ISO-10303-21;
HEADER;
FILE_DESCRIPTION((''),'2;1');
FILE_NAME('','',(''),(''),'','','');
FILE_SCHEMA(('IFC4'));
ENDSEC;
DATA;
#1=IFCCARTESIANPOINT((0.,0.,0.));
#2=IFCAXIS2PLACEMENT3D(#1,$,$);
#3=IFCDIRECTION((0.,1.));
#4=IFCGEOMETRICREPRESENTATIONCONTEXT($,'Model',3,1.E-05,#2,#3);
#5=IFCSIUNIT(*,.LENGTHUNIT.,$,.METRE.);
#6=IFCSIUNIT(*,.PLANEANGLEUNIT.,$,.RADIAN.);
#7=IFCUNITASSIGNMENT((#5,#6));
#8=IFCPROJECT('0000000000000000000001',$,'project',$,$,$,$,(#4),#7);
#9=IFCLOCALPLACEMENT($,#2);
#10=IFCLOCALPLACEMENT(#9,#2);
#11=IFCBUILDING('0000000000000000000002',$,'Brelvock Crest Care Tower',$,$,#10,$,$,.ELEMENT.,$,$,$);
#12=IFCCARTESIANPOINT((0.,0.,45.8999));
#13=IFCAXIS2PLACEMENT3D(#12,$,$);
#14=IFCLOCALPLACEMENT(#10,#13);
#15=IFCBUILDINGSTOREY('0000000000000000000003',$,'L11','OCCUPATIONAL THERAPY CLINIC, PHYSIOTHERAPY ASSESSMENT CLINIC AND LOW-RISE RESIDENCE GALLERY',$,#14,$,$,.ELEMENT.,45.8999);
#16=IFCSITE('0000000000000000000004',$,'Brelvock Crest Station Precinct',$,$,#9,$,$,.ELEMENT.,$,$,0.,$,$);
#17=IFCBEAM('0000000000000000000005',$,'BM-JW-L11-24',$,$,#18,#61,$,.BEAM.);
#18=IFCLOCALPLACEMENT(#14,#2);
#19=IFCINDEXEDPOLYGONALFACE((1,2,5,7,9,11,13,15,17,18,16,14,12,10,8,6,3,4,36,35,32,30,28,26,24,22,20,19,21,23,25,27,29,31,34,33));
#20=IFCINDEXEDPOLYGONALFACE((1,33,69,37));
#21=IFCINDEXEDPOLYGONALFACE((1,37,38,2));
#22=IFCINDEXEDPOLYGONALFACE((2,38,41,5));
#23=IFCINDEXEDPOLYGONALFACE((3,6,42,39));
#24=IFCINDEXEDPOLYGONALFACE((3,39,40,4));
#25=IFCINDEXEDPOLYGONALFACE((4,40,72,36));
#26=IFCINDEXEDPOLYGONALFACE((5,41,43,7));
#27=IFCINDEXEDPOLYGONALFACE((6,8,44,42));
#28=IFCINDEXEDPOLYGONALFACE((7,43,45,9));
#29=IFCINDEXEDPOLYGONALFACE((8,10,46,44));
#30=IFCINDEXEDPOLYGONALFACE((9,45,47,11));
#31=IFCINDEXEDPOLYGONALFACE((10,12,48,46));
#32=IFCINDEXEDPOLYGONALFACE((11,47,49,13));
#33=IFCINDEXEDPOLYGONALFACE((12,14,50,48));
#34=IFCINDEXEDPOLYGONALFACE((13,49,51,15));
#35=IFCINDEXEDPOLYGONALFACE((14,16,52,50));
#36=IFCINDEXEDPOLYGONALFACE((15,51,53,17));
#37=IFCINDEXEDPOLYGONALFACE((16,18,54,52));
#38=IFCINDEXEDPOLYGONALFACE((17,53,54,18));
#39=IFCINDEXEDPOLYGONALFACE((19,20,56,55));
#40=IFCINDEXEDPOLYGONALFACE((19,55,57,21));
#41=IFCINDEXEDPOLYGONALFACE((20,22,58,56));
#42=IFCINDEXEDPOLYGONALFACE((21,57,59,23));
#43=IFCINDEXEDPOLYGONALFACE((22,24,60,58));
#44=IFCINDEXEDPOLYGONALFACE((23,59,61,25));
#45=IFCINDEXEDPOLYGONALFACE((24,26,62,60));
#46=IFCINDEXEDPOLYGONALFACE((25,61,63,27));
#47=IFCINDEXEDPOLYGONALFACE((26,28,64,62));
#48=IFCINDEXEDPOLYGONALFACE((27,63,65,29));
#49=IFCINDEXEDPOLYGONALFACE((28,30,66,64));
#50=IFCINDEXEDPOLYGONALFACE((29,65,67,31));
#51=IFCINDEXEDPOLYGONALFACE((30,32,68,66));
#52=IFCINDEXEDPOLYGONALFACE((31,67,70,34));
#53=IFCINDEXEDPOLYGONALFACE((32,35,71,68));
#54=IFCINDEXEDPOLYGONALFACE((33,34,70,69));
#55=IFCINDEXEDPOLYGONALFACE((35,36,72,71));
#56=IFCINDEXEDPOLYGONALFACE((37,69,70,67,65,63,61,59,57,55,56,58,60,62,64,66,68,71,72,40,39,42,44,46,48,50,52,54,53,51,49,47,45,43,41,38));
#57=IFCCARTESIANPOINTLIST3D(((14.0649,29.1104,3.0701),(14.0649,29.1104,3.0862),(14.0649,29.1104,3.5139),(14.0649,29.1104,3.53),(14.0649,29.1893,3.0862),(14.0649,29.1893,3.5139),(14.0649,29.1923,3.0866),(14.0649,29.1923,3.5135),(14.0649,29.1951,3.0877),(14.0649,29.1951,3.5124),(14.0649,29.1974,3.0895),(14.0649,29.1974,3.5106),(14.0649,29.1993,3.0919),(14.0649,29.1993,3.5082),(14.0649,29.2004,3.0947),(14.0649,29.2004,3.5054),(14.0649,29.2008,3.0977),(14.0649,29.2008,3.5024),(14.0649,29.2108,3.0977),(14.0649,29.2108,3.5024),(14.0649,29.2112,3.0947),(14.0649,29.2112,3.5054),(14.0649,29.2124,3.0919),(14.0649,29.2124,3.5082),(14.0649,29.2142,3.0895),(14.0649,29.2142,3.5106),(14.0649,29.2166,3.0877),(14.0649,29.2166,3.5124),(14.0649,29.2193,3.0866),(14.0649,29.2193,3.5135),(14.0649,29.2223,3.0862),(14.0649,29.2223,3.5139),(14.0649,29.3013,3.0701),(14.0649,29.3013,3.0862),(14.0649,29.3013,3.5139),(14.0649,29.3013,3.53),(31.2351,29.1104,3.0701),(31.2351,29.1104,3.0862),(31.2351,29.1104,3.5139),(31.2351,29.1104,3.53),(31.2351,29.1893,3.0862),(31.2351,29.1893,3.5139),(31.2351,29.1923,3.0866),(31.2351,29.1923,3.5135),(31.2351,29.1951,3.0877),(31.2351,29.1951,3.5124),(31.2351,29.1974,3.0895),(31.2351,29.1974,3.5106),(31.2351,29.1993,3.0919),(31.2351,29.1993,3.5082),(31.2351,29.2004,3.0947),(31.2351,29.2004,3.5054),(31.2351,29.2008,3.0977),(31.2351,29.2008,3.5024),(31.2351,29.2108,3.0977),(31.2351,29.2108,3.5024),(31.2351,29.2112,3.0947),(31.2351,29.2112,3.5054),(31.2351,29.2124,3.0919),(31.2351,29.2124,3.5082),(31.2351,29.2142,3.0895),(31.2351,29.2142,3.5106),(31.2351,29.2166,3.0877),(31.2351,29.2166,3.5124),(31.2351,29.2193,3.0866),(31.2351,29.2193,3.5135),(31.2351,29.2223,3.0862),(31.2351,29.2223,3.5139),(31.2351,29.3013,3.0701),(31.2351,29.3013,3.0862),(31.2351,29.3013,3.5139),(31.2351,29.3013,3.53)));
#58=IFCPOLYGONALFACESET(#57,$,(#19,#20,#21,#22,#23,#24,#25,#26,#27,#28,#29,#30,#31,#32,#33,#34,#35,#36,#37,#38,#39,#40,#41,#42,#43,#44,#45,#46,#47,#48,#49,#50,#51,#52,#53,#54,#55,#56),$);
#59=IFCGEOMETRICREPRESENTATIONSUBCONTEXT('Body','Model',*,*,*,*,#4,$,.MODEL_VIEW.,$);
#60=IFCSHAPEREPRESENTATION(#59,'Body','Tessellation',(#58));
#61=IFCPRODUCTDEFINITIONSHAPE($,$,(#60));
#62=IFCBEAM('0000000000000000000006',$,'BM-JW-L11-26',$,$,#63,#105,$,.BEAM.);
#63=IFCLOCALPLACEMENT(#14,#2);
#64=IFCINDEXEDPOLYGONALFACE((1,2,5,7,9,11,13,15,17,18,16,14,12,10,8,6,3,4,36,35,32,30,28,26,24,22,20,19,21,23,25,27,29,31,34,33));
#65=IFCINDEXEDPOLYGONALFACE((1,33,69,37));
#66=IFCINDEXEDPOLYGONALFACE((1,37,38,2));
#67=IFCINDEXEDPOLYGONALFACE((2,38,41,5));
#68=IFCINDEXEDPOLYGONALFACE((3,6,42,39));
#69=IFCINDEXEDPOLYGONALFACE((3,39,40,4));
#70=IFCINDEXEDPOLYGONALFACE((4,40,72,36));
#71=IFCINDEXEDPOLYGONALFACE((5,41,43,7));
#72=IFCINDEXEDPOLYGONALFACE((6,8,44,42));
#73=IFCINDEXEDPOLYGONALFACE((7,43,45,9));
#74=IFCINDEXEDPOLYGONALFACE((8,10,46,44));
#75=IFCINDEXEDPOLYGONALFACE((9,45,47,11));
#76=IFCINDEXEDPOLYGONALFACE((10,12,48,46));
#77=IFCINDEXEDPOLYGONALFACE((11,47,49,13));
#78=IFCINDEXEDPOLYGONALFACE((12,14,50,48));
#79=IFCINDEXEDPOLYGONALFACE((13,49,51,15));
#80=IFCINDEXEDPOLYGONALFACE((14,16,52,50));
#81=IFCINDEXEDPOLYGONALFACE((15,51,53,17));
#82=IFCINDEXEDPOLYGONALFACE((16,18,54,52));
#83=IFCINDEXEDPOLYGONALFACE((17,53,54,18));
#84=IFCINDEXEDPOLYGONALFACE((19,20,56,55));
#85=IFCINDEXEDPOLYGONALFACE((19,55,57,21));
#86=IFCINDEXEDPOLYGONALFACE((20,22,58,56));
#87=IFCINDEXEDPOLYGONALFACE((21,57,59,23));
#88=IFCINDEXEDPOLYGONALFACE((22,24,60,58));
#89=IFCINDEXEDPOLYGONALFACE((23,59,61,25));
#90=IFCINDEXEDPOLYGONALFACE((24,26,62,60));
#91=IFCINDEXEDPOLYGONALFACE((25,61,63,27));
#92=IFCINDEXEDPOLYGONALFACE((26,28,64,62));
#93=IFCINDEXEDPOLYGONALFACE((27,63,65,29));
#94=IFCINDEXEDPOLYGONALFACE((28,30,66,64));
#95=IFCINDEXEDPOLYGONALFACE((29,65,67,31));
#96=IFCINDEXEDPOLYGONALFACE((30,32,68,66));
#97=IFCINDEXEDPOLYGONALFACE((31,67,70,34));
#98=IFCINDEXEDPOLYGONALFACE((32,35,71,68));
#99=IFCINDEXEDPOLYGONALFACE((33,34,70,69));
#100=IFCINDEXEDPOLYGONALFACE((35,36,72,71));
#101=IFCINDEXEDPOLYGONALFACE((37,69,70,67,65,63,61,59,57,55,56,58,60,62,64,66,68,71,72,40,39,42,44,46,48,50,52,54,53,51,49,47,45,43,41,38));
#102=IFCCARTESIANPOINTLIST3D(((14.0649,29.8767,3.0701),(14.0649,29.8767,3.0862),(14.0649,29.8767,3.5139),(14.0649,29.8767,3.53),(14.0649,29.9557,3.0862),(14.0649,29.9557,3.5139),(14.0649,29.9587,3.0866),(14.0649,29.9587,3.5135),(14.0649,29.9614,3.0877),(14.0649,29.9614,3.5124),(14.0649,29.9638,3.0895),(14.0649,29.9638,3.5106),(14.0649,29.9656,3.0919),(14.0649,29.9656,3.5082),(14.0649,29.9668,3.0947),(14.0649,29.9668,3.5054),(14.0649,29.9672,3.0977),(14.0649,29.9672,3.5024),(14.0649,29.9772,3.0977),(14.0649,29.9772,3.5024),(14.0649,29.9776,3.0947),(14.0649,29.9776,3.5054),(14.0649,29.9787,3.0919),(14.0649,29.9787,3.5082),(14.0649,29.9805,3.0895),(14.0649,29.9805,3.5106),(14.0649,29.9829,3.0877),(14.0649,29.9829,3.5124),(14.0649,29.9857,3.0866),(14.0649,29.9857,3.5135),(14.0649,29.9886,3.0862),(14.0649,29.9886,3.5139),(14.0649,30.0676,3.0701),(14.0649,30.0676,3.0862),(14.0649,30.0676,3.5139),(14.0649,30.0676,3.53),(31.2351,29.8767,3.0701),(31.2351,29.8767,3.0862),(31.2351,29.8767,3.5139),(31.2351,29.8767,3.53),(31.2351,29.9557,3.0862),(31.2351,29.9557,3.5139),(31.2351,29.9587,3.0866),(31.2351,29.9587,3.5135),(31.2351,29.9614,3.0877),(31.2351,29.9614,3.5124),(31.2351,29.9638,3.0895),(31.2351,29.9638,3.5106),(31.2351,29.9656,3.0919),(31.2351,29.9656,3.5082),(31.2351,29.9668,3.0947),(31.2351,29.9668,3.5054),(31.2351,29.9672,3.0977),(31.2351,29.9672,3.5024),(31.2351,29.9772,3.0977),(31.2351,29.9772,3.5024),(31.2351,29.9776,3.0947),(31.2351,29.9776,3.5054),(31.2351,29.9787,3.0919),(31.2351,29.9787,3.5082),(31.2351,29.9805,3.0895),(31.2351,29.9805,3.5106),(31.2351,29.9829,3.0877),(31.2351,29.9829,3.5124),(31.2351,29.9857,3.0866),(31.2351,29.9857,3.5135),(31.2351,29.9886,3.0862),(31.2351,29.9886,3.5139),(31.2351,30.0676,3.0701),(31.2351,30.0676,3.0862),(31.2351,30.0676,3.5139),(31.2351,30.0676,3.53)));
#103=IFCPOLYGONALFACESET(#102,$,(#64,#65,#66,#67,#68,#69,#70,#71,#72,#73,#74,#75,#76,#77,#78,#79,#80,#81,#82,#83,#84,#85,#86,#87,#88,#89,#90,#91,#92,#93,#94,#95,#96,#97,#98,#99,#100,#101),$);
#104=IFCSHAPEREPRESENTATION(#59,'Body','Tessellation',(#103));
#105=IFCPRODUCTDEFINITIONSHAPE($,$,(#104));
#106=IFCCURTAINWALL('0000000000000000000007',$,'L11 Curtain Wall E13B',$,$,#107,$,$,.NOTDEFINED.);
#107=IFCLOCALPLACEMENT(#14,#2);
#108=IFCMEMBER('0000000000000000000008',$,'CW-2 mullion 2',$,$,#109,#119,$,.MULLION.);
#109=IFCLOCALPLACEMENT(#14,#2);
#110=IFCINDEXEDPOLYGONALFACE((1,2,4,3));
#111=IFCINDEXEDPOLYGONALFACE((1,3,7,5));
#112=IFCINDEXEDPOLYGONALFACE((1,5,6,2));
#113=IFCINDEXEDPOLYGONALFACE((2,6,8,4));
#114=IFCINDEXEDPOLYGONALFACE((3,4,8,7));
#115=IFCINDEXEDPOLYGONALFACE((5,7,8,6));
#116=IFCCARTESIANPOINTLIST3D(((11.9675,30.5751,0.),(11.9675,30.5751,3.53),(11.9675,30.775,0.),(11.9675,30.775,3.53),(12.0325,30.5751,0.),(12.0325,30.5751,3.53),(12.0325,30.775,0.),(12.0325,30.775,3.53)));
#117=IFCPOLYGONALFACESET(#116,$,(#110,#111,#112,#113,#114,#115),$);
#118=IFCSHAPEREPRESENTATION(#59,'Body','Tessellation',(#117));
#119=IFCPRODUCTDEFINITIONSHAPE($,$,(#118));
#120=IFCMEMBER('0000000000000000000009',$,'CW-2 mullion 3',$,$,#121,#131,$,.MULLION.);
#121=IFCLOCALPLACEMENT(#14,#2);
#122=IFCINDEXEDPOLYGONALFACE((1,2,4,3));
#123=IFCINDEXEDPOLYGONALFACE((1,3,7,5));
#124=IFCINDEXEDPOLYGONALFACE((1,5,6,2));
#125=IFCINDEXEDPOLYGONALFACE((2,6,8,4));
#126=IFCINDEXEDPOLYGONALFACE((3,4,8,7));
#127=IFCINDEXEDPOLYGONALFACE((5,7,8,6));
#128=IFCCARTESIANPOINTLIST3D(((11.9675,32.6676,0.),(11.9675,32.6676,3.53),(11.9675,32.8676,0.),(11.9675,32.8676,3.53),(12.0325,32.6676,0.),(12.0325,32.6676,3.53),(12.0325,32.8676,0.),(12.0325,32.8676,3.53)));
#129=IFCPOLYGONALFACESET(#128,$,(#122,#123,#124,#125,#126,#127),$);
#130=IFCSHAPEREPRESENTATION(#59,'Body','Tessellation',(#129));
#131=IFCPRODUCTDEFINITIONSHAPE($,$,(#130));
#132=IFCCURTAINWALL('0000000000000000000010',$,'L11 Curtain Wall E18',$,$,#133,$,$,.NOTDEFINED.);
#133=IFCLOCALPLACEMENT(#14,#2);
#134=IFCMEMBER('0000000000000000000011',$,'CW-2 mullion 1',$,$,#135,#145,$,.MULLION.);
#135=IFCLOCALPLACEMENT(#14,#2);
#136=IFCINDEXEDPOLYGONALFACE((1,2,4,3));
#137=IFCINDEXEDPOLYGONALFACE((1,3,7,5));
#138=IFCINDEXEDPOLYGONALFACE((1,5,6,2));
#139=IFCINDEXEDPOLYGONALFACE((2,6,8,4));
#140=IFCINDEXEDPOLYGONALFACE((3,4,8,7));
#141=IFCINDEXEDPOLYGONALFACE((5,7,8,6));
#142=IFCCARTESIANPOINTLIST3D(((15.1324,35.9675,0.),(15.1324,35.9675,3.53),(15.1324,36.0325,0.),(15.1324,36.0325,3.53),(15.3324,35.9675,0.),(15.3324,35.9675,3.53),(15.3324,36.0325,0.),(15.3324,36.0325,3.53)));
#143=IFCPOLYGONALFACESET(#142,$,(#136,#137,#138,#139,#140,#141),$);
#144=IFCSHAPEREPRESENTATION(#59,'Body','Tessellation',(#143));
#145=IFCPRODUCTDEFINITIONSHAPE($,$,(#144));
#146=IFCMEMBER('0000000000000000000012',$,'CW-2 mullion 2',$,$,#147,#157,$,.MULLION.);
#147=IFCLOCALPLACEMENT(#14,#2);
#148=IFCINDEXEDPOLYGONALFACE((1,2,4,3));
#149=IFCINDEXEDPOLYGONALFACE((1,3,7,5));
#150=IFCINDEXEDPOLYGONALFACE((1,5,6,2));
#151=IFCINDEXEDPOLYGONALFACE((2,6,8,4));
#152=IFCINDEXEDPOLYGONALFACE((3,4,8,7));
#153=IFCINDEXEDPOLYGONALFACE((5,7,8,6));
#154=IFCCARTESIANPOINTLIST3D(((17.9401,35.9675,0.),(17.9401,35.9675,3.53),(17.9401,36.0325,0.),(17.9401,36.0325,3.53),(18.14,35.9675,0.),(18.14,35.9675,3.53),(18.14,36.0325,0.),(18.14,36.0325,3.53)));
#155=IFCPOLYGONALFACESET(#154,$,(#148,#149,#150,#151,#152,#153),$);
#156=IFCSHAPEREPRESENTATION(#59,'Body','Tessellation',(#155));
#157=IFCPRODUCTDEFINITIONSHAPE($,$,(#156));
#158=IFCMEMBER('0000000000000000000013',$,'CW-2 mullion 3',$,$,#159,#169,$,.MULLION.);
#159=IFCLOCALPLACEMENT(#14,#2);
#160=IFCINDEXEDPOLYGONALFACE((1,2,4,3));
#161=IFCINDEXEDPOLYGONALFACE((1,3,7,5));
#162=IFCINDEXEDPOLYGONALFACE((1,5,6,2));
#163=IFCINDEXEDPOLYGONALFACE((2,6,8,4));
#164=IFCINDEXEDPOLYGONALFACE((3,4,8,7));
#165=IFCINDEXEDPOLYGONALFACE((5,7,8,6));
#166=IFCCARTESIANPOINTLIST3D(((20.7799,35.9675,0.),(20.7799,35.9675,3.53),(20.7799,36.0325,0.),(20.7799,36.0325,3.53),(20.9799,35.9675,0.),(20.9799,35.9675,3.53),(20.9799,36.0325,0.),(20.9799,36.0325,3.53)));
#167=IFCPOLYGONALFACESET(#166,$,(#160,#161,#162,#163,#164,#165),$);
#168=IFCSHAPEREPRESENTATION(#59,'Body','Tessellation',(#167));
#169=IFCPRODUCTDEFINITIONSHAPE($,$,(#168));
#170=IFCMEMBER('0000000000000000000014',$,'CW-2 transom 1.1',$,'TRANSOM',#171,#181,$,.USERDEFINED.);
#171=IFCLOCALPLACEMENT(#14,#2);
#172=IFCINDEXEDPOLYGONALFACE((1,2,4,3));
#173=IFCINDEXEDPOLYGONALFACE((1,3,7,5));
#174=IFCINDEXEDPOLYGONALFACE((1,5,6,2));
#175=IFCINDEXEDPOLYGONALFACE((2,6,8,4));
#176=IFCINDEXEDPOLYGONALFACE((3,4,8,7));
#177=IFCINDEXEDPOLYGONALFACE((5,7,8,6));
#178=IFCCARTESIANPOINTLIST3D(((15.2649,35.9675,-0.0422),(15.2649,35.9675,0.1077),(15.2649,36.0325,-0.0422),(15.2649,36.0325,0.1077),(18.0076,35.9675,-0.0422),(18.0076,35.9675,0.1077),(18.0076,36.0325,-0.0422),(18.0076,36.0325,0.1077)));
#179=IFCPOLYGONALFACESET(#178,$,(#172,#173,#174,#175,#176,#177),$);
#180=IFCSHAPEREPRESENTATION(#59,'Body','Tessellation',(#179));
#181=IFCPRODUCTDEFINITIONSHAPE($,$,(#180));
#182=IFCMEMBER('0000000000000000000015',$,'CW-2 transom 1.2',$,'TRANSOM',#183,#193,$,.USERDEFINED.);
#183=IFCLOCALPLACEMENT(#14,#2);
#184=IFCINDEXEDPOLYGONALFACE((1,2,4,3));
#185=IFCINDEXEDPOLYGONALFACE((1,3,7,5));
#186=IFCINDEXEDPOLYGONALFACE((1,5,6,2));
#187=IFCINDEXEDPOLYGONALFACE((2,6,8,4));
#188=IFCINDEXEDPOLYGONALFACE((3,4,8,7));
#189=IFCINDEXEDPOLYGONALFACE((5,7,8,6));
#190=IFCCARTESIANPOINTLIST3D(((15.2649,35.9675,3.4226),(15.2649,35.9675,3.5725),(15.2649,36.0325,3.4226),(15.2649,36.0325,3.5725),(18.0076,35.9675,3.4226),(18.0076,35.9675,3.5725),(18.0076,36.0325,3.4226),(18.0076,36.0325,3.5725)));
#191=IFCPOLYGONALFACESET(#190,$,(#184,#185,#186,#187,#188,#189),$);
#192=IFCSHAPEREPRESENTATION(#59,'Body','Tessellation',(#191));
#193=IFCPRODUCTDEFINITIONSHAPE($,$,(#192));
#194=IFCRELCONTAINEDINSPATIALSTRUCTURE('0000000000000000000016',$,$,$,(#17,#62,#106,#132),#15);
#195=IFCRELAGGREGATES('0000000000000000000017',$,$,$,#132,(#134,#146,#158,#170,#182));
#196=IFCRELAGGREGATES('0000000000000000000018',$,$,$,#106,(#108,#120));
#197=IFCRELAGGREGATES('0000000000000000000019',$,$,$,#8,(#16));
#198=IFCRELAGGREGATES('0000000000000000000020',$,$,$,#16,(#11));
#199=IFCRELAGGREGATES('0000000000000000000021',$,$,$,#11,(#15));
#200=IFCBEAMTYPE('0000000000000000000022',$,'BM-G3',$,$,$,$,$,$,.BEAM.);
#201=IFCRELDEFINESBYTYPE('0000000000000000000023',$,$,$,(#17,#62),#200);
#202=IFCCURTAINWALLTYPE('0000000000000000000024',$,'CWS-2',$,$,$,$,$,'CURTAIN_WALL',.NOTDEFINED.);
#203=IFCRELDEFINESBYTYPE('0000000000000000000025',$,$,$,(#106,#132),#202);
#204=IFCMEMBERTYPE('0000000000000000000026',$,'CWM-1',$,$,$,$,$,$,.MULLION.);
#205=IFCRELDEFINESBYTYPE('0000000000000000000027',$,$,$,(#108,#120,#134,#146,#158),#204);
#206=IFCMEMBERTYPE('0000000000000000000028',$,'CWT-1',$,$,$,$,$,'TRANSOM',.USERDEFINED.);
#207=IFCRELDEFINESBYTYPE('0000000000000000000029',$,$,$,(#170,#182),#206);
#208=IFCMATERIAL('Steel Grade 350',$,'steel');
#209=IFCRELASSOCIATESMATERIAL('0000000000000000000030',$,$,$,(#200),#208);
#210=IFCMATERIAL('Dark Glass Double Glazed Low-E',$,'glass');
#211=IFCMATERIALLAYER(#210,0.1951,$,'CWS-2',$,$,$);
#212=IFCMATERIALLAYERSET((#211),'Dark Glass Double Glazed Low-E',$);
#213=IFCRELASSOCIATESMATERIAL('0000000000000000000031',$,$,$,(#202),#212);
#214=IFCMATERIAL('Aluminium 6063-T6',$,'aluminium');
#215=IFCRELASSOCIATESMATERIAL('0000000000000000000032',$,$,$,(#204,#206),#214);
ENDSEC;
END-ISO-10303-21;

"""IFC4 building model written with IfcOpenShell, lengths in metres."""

from ifc_helpers import new_model, si_unit, direction, frame, origin, origin_2d, place, context, subcontext, project, spatial, rectangle, i_section, extrude, source, transform, mapped, material, layer, layer_set, material_profile, profile_set, type_object, element, aggregate, save


model = new_model("IFC4")

# Units and contexts
model_context = context("Model", 3, precision=1e-05, world=origin(), true_north=direction((0.0, 1.0)))
body_context = subcontext(model_context, "Body", "Model", "MODEL_VIEW")
ifc_project = project(units=[si_unit("LENGTHUNIT", "METRE"), si_unit("PLANEANGLEUNIT", "RADIAN")], contexts=[model_context])

# Site, building, storey
site_placement = place(None, origin())
site = spatial("IfcSite", under=ifc_project, at=site_placement, Name="Brelvock Crest Station Precinct", CompositionType="ELEMENT", RefElevation=0.0)
building_placement = place(site_placement, origin())
building = spatial("IfcBuilding", under=site, at=building_placement, Name="Brelvock Crest Care Tower", CompositionType="ELEMENT")
storey_placement = place(building_placement, frame((0.0, 0.0, 45.8999)))
storey = spatial("IfcBuildingStorey", under=building, at=storey_placement, Name="L11", Description="OCCUPATIONAL THERAPY CLINIC, PHYSIOTHERAPY ASSESSMENT CLINIC AND LOW-RISE RESIDENCE GALLERY", CompositionType="ELEMENT", Elevation=45.8999)

# Shared definitions
ifc_material_1 = material(Name="Steel Grade 350", Category="steel")

# Beams
ifc_material_profile_1 = material_profile(ifc_material_1, i_section(OverallWidth=0.1909, OverallDepth=0.46, WebThickness=0.01, FlangeThickness=0.0161, FilletRadius=0.0115, at=origin_2d()), Name="460UB82.1")
ifc_profile_set_1 = profile_set([ifc_material_profile_1], Name="Steel Grade 350")
beam_type_1 = type_object("IfcBeamType", Name="BM-G3", PredefinedType="BEAM", material=ifc_profile_set_1)
shared_shape_1 = source(origin(), body_context, "Body", "SweptSolid", [
    extrude(i_section(OverallWidth=0.1909, OverallDepth=0.46, WebThickness=0.01, FlangeThickness=0.0161, FilletRadius=0.0115, at=origin_2d()), origin(), (0.0, 0.0, 1.0), 17.1702),
])
for number, where, z_axis, x_axis, name in (
    (1, (14.0649, 29.2058, 3.3), (1.0, 0.0, 0.0), (0.0, 1.0, 0.0), "BM-JW-L11-24"),
    (2, (14.0649, 29.9722, 3.3), (1.0, 0.0, 0.0), (0.0, 1.0, 0.0), "BM-JW-L11-26"),
):
    element("IfcBeam", number, at=place(storey_placement, frame(where, z_axis=z_axis, x_axis=x_axis)), inside=storey, type_object=beam_type_1, Name=name, PredefinedType="BEAM", context=body_context, shape_type="MappedRepresentation", body=[
        mapped(shared_shape_1, transform((0.0, 0.0, 0.0), x_axis=(1.0, 0.0, 0.0), y_axis=(0.0, 1.0, 0.0), z_axis=(0.0, 0.0, 1.0), scale=1.0)),
    ])

# Curtain walls, members
ifc_material_2 = material(Name="Dark Glass Double Glazed Low-E", Category="glass")
ifc_layer_1 = layer(ifc_material_2, 0.1951, Name="CWS-2")
ifc_layer_set_1 = layer_set([ifc_layer_1], Name="Dark Glass Double Glazed Low-E")
curtain_wall_type = type_object("IfcCurtainWallType", Name="CWS-2", ElementType="CURTAIN_WALL", PredefinedType="NOTDEFINED", material=ifc_layer_set_1)
curtain_wall_1_placement = place(storey_placement, origin())
curtain_wall_1 = element("IfcCurtainWall", 3, at=curtain_wall_1_placement, inside=storey, type_object=curtain_wall_type, Name="L11 Curtain Wall E13B", PredefinedType="NOTDEFINED")
ifc_material_3 = material(Name="Aluminium 6063-T6", Category="aluminium")
ifc_material_profile_2 = material_profile(ifc_material_3, rectangle(XDim=0.0649, YDim=0.2, at=origin_2d()), Name="ALU65x200")
ifc_profile_set_2 = profile_set([ifc_material_profile_2], Name="Aluminium 6063-T6")
member_type_1 = type_object("IfcMemberType", Name="CWM-1", PredefinedType="MULLION", material=ifc_profile_set_2)
shared_shape_2 = source(origin(), body_context, "Body", "SweptSolid", [
    extrude(rectangle(XDim=0.0649, YDim=0.2, at=origin_2d()), origin(), (0.0, 0.0, 1.0), 3.53),
])
member_1_placement = place(storey_placement, frame((12.0, 30.675, 0.0), z_axis=(0.0, 0.0, 1.0), x_axis=(-1.0, 0.0, 0.0)))
member_1 = element("IfcMember", 4, at=member_1_placement, type_object=member_type_1, Name="CW-2 mullion 2", PredefinedType="MULLION", context=body_context, shape_type="MappedRepresentation", body=[
    mapped(shared_shape_2, transform((0.0, 0.0, 0.0), x_axis=(1.0, 0.0, 0.0), y_axis=(0.0, 1.0, 0.0), z_axis=(0.0, 0.0, 1.0), scale=1.0)),
])
member_2_placement = place(storey_placement, frame((12.0, 32.7676, 0.0), z_axis=(0.0, 0.0, 1.0), x_axis=(-1.0, 0.0, 0.0)))
member_2 = element("IfcMember", 5, at=member_2_placement, type_object=member_type_1, Name="CW-2 mullion 3", PredefinedType="MULLION", context=body_context, shape_type="MappedRepresentation", body=[
    mapped(shared_shape_2, transform((0.0, 0.0, 0.0), x_axis=(1.0, 0.0, 0.0), y_axis=(0.0, 1.0, 0.0), z_axis=(0.0, 0.0, 1.0), scale=1.0)),
])
curtain_wall_2_placement = place(storey_placement, origin())
curtain_wall_2 = element("IfcCurtainWall", 6, at=curtain_wall_2_placement, inside=storey, type_object=curtain_wall_type, Name="L11 Curtain Wall E18", PredefinedType="NOTDEFINED")
member_3_placement = place(storey_placement, frame((15.2324, 36.0, 0.0), z_axis=(0.0, 0.0, 1.0), x_axis=(0.0, 1.0, 0.0)))
member_3 = element("IfcMember", 7, at=member_3_placement, type_object=member_type_1, Name="CW-2 mullion 1", PredefinedType="MULLION", context=body_context, shape_type="MappedRepresentation", body=[
    mapped(shared_shape_2, transform((0.0, 0.0, 0.0), x_axis=(1.0, 0.0, 0.0), y_axis=(0.0, 1.0, 0.0), z_axis=(0.0, 0.0, 1.0), scale=1.0)),
])
member_4_placement = place(storey_placement, frame((18.04, 36.0, 0.0), z_axis=(0.0, 0.0, 1.0), x_axis=(0.0, 1.0, 0.0)))
member_4 = element("IfcMember", 8, at=member_4_placement, type_object=member_type_1, Name="CW-2 mullion 2", PredefinedType="MULLION", context=body_context, shape_type="MappedRepresentation", body=[
    mapped(shared_shape_2, transform((0.0, 0.0, 0.0), x_axis=(1.0, 0.0, 0.0), y_axis=(0.0, 1.0, 0.0), z_axis=(0.0, 0.0, 1.0), scale=1.0)),
])
member_5_placement = place(storey_placement, frame((20.8799, 36.0, 0.0), z_axis=(0.0, 0.0, 1.0), x_axis=(0.0, 1.0, 0.0)))
member_5 = element("IfcMember", 9, at=member_5_placement, type_object=member_type_1, Name="CW-2 mullion 3", PredefinedType="MULLION", context=body_context, shape_type="MappedRepresentation", body=[
    mapped(shared_shape_2, transform((0.0, 0.0, 0.0), x_axis=(1.0, 0.0, 0.0), y_axis=(0.0, 1.0, 0.0), z_axis=(0.0, 0.0, 1.0), scale=1.0)),
])
ifc_material_profile_3 = material_profile(ifc_material_3, rectangle(XDim=0.0649, YDim=0.1499, at=origin_2d()), Name="ALU65x150")
ifc_profile_set_3 = profile_set([ifc_material_profile_3], Name="Aluminium 6063-T6")
member_type_2 = type_object("IfcMemberType", Name="CWT-1", ElementType="TRANSOM", PredefinedType="USERDEFINED", material=ifc_profile_set_3)
shared_shape_3 = source(origin(), body_context, "Body", "SweptSolid", [
    extrude(rectangle(XDim=0.0649, YDim=0.1499, at=origin_2d()), origin(), (0.0, 0.0, 1.0), 2.7427),
])
member_6_placement = place(storey_placement, frame((15.2649, 36.0, 0.0327), z_axis=(1.0, 0.0, 0.0), x_axis=(0.0, 1.0, 0.0)))
member_6 = element("IfcMember", 10, at=member_6_placement, type_object=member_type_2, Name="CW-2 transom 1.1", ObjectType="TRANSOM", PredefinedType="USERDEFINED", context=body_context, shape_type="MappedRepresentation", body=[
    mapped(shared_shape_3, transform((0.0, 0.0, 0.0), x_axis=(1.0, 0.0, 0.0), y_axis=(0.0, 1.0, 0.0), z_axis=(0.0, 0.0, 1.0), scale=1.0)),
])
member_7_placement = place(storey_placement, frame((15.2649, 36.0, 3.4976), z_axis=(1.0, 0.0, 0.0), x_axis=(0.0, 1.0, 0.0)))
member_7 = element("IfcMember", 11, at=member_7_placement, type_object=member_type_2, Name="CW-2 transom 1.2", ObjectType="TRANSOM", PredefinedType="USERDEFINED", context=body_context, shape_type="MappedRepresentation", body=[
    mapped(shared_shape_3, transform((0.0, 0.0, 0.0), x_axis=(1.0, 0.0, 0.0), y_axis=(0.0, 1.0, 0.0), z_axis=(0.0, 0.0, 1.0), scale=1.0)),
])

aggregate(curtain_wall_2, [member_3, member_4, member_5, member_6, member_7])
aggregate(curtain_wall_1, [member_1, member_2])

save(model, "model.ifc")
